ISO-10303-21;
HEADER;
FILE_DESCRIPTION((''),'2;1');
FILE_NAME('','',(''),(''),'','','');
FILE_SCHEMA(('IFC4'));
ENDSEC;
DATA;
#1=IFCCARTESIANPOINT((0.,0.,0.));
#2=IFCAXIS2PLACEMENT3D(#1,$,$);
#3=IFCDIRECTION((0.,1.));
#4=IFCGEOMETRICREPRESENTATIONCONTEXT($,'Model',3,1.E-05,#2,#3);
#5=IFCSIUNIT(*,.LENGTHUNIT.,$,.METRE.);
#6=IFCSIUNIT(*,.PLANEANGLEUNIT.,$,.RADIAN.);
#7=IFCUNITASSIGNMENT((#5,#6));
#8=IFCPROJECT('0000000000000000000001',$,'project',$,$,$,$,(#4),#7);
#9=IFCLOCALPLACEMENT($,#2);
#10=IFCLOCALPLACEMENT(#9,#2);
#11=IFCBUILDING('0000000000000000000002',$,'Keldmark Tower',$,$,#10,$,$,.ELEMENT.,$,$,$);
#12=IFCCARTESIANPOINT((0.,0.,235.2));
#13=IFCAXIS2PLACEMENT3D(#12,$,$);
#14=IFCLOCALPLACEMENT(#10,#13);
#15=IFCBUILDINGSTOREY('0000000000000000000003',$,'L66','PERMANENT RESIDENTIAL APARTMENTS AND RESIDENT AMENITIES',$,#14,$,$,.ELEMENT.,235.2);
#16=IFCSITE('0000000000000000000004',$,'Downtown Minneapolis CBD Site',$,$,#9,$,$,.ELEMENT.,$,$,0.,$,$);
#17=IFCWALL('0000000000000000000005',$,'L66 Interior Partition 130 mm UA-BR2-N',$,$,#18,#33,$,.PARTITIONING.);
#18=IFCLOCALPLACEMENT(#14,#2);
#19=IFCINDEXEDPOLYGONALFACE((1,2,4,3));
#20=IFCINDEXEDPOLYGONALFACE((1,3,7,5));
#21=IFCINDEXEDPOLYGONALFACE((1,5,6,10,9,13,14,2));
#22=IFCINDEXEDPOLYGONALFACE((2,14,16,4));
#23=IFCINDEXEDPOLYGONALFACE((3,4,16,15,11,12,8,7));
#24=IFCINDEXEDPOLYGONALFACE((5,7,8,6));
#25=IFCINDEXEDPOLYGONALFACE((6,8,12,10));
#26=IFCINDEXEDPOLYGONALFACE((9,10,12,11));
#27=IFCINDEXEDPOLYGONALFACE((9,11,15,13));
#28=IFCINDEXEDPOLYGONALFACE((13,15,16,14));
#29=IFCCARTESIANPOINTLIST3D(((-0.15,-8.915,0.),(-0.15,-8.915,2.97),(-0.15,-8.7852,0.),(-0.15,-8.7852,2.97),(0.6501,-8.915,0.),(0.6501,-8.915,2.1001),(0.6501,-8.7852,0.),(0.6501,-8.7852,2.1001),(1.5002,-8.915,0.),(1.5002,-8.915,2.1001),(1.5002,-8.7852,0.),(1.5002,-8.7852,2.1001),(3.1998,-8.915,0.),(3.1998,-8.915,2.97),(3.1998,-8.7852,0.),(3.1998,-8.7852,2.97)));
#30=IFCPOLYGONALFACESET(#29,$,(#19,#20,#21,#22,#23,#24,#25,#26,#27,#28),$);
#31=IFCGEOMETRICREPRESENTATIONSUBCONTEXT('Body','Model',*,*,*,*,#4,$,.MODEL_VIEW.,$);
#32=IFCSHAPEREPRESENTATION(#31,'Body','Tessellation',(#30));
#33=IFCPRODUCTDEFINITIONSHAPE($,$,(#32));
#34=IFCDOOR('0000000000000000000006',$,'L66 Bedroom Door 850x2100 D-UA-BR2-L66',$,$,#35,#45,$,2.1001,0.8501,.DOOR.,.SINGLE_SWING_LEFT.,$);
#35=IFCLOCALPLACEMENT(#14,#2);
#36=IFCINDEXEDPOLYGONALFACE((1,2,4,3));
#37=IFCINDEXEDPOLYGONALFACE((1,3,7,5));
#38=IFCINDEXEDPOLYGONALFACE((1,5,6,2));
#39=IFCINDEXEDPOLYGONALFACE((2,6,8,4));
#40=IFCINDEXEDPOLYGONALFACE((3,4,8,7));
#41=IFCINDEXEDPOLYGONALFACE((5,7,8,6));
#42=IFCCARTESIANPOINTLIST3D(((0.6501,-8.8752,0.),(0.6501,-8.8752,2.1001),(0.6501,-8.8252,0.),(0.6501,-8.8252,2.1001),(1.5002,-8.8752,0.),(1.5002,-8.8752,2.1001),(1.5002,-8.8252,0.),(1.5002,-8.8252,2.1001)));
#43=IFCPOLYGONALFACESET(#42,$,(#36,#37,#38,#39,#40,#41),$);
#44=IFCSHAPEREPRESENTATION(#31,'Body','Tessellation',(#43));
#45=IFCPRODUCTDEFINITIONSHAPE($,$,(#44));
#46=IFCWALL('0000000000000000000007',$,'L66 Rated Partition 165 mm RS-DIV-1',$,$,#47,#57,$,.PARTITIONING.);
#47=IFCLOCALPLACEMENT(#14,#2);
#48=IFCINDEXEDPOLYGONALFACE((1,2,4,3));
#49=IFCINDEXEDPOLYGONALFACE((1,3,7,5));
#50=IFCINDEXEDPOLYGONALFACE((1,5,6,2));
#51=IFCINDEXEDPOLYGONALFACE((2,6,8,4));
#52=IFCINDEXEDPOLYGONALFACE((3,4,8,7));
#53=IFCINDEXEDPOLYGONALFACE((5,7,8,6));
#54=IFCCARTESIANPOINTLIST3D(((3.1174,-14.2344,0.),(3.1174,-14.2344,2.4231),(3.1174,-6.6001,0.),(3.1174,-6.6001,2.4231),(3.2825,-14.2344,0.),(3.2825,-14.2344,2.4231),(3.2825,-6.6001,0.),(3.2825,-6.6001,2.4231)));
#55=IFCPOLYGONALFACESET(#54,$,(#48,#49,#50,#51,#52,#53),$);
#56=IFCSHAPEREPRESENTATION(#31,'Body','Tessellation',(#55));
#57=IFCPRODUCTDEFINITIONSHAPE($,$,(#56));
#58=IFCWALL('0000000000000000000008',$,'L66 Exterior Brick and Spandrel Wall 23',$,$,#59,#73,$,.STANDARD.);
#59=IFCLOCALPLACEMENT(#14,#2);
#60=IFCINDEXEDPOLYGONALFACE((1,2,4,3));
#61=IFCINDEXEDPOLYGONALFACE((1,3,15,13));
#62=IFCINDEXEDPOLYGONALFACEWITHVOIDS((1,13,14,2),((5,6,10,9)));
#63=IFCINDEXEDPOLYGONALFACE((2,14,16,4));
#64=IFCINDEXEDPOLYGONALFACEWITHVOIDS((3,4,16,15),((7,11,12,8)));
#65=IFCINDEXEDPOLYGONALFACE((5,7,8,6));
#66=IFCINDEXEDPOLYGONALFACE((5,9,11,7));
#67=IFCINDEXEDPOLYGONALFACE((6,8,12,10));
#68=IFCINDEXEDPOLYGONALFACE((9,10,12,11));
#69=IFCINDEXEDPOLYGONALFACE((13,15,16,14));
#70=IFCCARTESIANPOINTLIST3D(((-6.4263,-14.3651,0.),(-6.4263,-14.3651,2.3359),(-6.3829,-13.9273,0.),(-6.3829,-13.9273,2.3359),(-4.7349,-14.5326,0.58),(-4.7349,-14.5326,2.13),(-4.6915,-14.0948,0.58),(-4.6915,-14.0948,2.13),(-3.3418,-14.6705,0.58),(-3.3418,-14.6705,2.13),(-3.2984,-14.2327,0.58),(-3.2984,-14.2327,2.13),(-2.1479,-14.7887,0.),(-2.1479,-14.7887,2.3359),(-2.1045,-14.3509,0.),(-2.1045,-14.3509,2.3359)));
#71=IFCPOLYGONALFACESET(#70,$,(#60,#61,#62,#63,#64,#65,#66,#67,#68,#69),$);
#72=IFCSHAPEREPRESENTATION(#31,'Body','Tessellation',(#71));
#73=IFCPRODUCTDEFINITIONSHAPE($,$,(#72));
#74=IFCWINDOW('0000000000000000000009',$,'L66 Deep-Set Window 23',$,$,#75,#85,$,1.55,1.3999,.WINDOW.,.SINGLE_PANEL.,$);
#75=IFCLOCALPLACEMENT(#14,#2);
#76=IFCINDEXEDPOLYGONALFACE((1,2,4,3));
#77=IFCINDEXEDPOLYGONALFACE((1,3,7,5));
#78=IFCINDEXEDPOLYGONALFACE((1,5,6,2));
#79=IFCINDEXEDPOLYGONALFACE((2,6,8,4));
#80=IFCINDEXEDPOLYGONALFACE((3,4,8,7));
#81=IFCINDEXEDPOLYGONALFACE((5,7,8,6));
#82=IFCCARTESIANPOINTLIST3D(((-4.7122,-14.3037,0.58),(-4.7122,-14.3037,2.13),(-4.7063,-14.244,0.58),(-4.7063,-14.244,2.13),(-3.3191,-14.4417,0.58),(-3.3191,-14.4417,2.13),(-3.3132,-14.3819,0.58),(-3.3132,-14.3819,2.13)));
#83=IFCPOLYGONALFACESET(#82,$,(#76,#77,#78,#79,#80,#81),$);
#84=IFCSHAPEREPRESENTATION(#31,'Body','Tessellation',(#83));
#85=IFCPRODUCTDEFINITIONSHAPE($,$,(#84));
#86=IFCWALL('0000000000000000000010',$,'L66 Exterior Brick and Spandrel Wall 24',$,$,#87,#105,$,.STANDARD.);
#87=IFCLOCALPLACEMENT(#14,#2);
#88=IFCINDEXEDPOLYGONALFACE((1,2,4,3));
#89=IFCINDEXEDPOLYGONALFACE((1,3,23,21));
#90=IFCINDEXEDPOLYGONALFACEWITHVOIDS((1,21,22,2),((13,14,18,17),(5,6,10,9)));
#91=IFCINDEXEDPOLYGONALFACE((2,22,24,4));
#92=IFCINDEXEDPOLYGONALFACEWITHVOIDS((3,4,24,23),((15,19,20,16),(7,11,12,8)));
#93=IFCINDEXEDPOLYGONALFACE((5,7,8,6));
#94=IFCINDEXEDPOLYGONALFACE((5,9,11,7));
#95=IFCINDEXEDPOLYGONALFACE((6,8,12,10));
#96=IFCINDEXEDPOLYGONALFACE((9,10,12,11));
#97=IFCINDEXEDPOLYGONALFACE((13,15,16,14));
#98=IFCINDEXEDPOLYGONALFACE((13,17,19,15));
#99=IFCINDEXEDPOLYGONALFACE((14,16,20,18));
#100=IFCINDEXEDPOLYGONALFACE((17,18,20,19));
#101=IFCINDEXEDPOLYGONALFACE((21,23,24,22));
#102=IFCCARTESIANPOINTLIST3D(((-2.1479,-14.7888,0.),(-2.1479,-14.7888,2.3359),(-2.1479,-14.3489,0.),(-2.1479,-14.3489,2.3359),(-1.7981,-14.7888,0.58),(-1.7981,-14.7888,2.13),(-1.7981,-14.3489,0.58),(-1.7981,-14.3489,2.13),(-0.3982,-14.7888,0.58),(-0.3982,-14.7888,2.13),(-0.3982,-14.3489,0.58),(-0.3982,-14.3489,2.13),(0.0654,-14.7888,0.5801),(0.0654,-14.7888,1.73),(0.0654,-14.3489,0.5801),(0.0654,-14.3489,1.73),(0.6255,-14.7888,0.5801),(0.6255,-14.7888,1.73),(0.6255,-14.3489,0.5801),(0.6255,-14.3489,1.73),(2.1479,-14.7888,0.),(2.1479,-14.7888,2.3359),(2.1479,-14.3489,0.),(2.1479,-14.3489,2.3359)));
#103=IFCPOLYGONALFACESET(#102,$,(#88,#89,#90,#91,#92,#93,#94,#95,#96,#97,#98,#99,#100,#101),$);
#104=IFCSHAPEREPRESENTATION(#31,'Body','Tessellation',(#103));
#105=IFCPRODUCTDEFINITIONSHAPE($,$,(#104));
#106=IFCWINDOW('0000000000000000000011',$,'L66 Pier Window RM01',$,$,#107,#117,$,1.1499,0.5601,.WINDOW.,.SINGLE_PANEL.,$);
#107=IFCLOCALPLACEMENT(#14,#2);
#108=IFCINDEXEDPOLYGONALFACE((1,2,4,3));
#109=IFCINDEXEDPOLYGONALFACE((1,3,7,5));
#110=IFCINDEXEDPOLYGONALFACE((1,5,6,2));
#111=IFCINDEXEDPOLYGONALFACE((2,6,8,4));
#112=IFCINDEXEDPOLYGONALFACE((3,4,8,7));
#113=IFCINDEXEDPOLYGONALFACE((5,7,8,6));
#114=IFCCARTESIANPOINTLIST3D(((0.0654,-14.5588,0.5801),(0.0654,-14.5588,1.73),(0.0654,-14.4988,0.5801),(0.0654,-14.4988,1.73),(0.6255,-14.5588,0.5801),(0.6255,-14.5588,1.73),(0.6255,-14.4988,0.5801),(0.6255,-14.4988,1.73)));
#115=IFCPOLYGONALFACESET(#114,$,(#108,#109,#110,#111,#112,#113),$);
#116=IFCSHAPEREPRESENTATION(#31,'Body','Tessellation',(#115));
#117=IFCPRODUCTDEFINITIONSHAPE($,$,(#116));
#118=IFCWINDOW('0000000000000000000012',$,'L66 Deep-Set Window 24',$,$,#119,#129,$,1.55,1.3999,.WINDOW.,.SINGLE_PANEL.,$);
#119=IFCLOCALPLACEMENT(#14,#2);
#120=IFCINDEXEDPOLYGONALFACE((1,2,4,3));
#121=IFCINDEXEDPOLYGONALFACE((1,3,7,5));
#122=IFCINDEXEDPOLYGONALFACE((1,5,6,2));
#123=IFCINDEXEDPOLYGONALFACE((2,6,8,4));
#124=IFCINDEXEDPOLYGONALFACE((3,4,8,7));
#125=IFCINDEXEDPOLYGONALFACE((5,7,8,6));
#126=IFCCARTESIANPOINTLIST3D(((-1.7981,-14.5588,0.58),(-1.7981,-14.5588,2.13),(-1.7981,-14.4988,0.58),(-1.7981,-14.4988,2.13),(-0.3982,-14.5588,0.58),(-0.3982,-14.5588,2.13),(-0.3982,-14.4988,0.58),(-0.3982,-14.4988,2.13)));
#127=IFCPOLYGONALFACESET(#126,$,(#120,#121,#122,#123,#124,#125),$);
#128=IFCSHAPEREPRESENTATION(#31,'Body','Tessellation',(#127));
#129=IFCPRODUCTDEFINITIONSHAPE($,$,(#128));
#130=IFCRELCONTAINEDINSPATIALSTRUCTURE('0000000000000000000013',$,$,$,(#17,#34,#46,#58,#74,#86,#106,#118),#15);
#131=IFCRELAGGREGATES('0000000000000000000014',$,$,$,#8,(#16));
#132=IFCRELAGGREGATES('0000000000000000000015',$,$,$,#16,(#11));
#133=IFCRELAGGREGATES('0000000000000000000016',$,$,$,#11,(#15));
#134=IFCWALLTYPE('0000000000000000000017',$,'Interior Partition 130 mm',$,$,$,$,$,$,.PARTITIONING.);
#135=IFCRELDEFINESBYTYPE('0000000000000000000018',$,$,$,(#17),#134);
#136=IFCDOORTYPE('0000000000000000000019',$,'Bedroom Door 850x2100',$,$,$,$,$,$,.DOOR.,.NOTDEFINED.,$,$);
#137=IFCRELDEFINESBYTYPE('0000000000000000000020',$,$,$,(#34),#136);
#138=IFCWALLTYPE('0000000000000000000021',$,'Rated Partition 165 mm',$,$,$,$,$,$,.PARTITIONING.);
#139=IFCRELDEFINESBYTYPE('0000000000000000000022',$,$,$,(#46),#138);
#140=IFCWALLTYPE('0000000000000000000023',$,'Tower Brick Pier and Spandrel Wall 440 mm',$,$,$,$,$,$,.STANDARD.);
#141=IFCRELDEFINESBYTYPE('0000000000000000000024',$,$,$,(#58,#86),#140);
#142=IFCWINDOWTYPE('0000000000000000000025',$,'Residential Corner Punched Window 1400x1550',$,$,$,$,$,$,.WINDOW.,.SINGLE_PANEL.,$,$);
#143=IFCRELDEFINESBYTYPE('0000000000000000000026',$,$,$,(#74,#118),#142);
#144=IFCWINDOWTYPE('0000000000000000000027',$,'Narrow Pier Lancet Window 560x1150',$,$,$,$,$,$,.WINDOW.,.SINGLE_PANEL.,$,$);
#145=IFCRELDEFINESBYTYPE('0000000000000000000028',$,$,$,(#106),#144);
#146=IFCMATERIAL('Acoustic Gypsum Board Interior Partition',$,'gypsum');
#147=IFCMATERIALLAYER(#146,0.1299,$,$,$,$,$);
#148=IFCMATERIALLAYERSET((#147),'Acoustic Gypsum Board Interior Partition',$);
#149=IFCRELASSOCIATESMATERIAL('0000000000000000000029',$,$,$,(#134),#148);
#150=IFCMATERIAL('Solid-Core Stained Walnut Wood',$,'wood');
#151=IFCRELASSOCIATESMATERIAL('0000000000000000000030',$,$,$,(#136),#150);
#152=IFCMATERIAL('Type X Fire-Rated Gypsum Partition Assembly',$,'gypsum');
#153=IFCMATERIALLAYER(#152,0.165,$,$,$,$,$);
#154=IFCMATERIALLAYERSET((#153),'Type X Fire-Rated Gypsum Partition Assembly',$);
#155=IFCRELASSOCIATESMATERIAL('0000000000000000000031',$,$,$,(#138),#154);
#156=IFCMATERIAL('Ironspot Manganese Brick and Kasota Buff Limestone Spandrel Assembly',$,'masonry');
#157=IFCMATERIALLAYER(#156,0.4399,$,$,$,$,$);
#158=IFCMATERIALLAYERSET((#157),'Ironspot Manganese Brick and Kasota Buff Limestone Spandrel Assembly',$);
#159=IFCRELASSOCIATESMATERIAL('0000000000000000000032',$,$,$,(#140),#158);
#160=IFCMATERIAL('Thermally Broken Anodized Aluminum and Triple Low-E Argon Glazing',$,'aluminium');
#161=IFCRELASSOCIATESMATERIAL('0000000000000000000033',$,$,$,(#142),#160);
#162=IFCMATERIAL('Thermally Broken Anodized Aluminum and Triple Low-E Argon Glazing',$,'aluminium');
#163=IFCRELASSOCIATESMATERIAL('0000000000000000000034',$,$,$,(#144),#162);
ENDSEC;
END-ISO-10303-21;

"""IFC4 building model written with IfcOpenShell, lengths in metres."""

from ifc_helpers import new_model, si_unit, direction, frame, frame_2d, origin, place, context, subcontext, project, spatial, rectangle, extrude, material, layer, layer_set, type_object, element, fill, save


model = new_model("IFC4")

# Units and contexts
model_context = context("Model", 3, precision=1e-05, world=origin(), true_north=direction((0.0, 1.0)))
body_context = subcontext(model_context, "Body", "Model", "MODEL_VIEW")
ifc_project = project(units=[si_unit("LENGTHUNIT", "METRE"), si_unit("PLANEANGLEUNIT", "RADIAN")], contexts=[model_context])

# Site, building, storey
site_placement = place(None, origin())
site = spatial("IfcSite", under=ifc_project, at=site_placement, Name="Downtown Minneapolis CBD Site", CompositionType="ELEMENT", RefElevation=0.0)
building_placement = place(site_placement, origin())
building = spatial("IfcBuilding", under=site, at=building_placement, Name="Keldmark Tower", CompositionType="ELEMENT")
storey_placement = place(building_placement, frame((0.0, 0.0, 235.2)))
storey = spatial("IfcBuildingStorey", under=building, at=storey_placement, Name="L66", Description="PERMANENT RESIDENTIAL APARTMENTS AND RESIDENT AMENITIES", CompositionType="ELEMENT", Elevation=235.2)

# Shared definitions
ifc_material_1 = material(Name="Acoustic Gypsum Board Interior Partition", Category="gypsum")
ifc_layer_1 = layer(ifc_material_1, 0.1299)
ifc_layer_set_1 = layer_set([ifc_layer_1], Name="Acoustic Gypsum Board Interior Partition")
wall_type_1 = type_object("IfcWallType", Name="Interior Partition 130 mm", PredefinedType="PARTITIONING", material=ifc_layer_set_1)

# Wall, opening, door
wall_1_placement = place(storey_placement, frame((-0.1499, -8.8501, 0.0), z_axis=(0.0, 0.0, 1.0), x_axis=(1.0, 0.0, 0.0)))
wall_1 = element("IfcWall", 1, at=wall_1_placement, inside=storey, type_object=wall_type_1, Name="L66 Interior Partition 130 mm UA-BR2-N", PredefinedType="PARTITIONING", context=body_context, shape_type="SweptSolid", body=[
    extrude(rectangle(XDim=3.3499, YDim=0.1299, at=frame_2d((1.6748, 0.0))), origin(), (0.0, 0.0, 1.0), 2.97),
])
opening_1_placement = place(wall_1_placement, frame((0.8, 0.0, 0.0)))
opening_1 = element("IfcOpeningElement", 2, at=opening_1_placement, cuts=wall_1, PredefinedType="OPENING", context=body_context, shape_type="SweptSolid", body=[
    extrude(rectangle(XDim=0.8501, YDim=2.1001, at=frame_2d((0.425, 1.05))), frame((0.0, 0.075, 0.0), z_axis=(0.0, -1.0, 0.0), x_axis=(1.0, 0.0, 0.0)), (0.0, 0.0, 1.0), 0.1499),
])
ifc_material_2 = material(Name="Solid-Core Stained Walnut Wood", Category="wood")
door_type = type_object("IfcDoorType", Name="Bedroom Door 850x2100", OperationType="NOTDEFINED", PredefinedType="DOOR", material=ifc_material_2)
door_placement = place(opening_1_placement, origin())
door = element("IfcDoor", 3, at=door_placement, inside=storey, type_object=door_type, Name="L66 Bedroom Door 850x2100 D-UA-BR2-L66", OperationType="SINGLE_SWING_LEFT", OverallHeight=2.1001, OverallWidth=0.8501, PredefinedType="DOOR", context=body_context, shape_type="SweptSolid", body=[
    extrude(rectangle(XDim=0.8501, YDim=2.1001, at=frame_2d((0.425, 1.05))), frame((0.0, 0.0249, 0.0), z_axis=(0.0, -1.0, 0.0), x_axis=(1.0, 0.0, 0.0)), (0.0, 0.0, 1.0), 0.05),
])
fill(opening_1, door)

# Wall
ifc_material_3 = material(Name="Type X Fire-Rated Gypsum Partition Assembly", Category="gypsum")
ifc_layer_2 = layer(ifc_material_3, 0.165)
ifc_layer_set_2 = layer_set([ifc_layer_2], Name="Type X Fire-Rated Gypsum Partition Assembly")
wall_type_2 = type_object("IfcWallType", Name="Rated Partition 165 mm", PredefinedType="PARTITIONING", material=ifc_layer_set_2)
wall_2_placement = place(storey_placement, frame((3.2, -14.2344, 0.0), z_axis=(0.0, 0.0, 1.0), x_axis=(0.0, 1.0, 0.0)))
element("IfcWall", 4, at=wall_2_placement, inside=storey, type_object=wall_type_2, Name="L66 Rated Partition 165 mm RS-DIV-1", PredefinedType="PARTITIONING", context=body_context, shape_type="SweptSolid", body=[
    extrude(rectangle(XDim=7.6343, YDim=0.165, at=frame_2d((3.8171, 0.0))), origin(), (0.0, 0.0, 1.0), 2.4231),
])

# Wall, opening, window
ifc_material_4 = material(Name="Ironspot Manganese Brick and Kasota Buff Limestone Spandrel Assembly", Category="masonry")
ifc_layer_3 = layer(ifc_material_4, 0.4399)
ifc_layer_set_3 = layer_set([ifc_layer_3], Name="Ironspot Manganese Brick and Kasota Buff Limestone Spandrel Assembly")
wall_type_3 = type_object("IfcWallType", Name="Tower Brick Pier and Spandrel Wall 440 mm", PredefinedType="STANDARD", material=ifc_layer_set_3)
wall_3_placement = place(storey_placement, frame((-2.1262, -14.5698, 0.0), z_axis=(0.0, 0.0, 1.0), x_axis=(-0.995135, 0.098525, 0.0)))
wall_3 = element("IfcWall", 5, at=wall_3_placement, inside=storey, type_object=wall_type_3, Name="L66 Exterior Brick and Spandrel Wall 23", PredefinedType="STANDARD", context=body_context, shape_type="SweptSolid", body=[
    extrude(rectangle(XDim=4.2993, YDim=0.4399, at=frame_2d((2.1497, 0.0))), origin(), (0.0, 0.0, 1.0), 2.3359),
])
opening_2_placement = place(wall_3_placement, frame((1.1997, 0.0, 0.5801)))
opening_2 = element("IfcOpeningElement", 6, at=opening_2_placement, cuts=wall_3, PredefinedType="OPENING", context=body_context, shape_type="SweptSolid", body=[
    extrude(rectangle(XDim=1.3999, YDim=1.55, at=frame_2d((0.7, 0.7749))), frame((0.0, 0.23, 0.0), z_axis=(0.0, -1.0, 0.0), x_axis=(1.0, 0.0, 0.0)), (0.0, 0.0, 1.0), 0.46),
])
ifc_material_5 = material(Name="Thermally Broken Anodized Aluminum and Triple Low-E Argon Glazing", Category="aluminium")
window_type_1 = type_object("IfcWindowType", Name="Residential Corner Punched Window 1400x1550", PartitioningType="SINGLE_PANEL", PredefinedType="WINDOW", material=ifc_material_5)
window_1_placement = place(opening_2_placement, origin())
window_1 = element("IfcWindow", 7, at=window_1_placement, inside=storey, type_object=window_type_1, Name="L66 Deep-Set Window 23", OverallHeight=1.55, OverallWidth=1.3999, PartitioningType="SINGLE_PANEL", PredefinedType="WINDOW", context=body_context, shape_type="SweptSolid", body=[
    extrude(rectangle(XDim=1.3999, YDim=1.55, at=frame_2d((0.7, 0.7749))), frame((0.0, -0.01, 0.0), z_axis=(0.0, -1.0, 0.0), x_axis=(1.0, 0.0, 0.0)), (0.0, 0.0, 1.0), 0.0601),
])
fill(opening_2, window_1)

# Wall, openings, windows
wall_4_placement = place(storey_placement, frame((2.1479, -14.5688, 0.0), z_axis=(0.0, 0.0, 1.0), x_axis=(-1.0, 0.0, 0.0)))
wall_4 = element("IfcWall", 8, at=wall_4_placement, inside=storey, type_object=wall_type_3, Name="L66 Exterior Brick and Spandrel Wall 24", PredefinedType="STANDARD", context=body_context, shape_type="SweptSolid", body=[
    extrude(rectangle(XDim=4.2959, YDim=0.4399, at=frame_2d((2.1479, 0.0))), origin(), (0.0, 0.0, 1.0), 2.3359),
])
opening_3_placement = place(wall_4_placement, frame((2.5461, 0.0, 0.5801)))
opening_3 = element("IfcOpeningElement", 9, at=opening_3_placement, cuts=wall_4, PredefinedType="OPENING", context=body_context, shape_type="SweptSolid", body=[
    extrude(rectangle(XDim=1.3999, YDim=1.55, at=frame_2d((0.7, 0.7749))), frame((0.0, 0.23, 0.0), z_axis=(0.0, -1.0, 0.0), x_axis=(1.0, 0.0, 0.0)), (0.0, 0.0, 1.0), 0.46),
])
opening_4_placement = place(wall_4_placement, frame((1.5225, 0.0, 0.5801)))
opening_4 = element("IfcOpeningElement", 10, at=opening_4_placement, cuts=wall_4, PredefinedType="OPENING", context=body_context, shape_type="SweptSolid", body=[
    extrude(rectangle(XDim=0.5601, YDim=1.1499, at=frame_2d((0.28, 0.575))), frame((0.0, 0.23, 0.0), z_axis=(0.0, -1.0, 0.0), x_axis=(1.0, 0.0, 0.0)), (0.0, 0.0, 1.0), 0.46),
])
ifc_material_6 = material(Name="Thermally Broken Anodized Aluminum and Triple Low-E Argon Glazing", Category="aluminium")
window_type_2 = type_object("IfcWindowType", Name="Narrow Pier Lancet Window 560x1150", PartitioningType="SINGLE_PANEL", PredefinedType="WINDOW", material=ifc_material_6)
window_2_placement = place(opening_4_placement, origin())
window_2 = element("IfcWindow", 11, at=window_2_placement, inside=storey, type_object=window_type_2, Name="L66 Pier Window RM01", OverallHeight=1.1499, OverallWidth=0.5601, PartitioningType="SINGLE_PANEL", PredefinedType="WINDOW", context=body_context, shape_type="SweptSolid", body=[
    extrude(rectangle(XDim=0.5601, YDim=1.1499, at=frame_2d((0.28, 0.575))), frame((0.0, -0.01, 0.0), z_axis=(0.0, -1.0, 0.0), x_axis=(1.0, 0.0, 0.0)), (0.0, 0.0, 1.0), 0.0601),
])
fill(opening_4, window_2)
window_3_placement = place(opening_3_placement, origin())
window_3 = element("IfcWindow", 12, at=window_3_placement, inside=storey, type_object=window_type_1, Name="L66 Deep-Set Window 24", OverallHeight=1.55, OverallWidth=1.3999, PartitioningType="SINGLE_PANEL", PredefinedType="WINDOW", context=body_context, shape_type="SweptSolid", body=[
    extrude(rectangle(XDim=1.3999, YDim=1.55, at=frame_2d((0.7, 0.7749))), frame((0.0, -0.01, 0.0), z_axis=(0.0, -1.0, 0.0), x_axis=(1.0, 0.0, 0.0)), (0.0, 0.0, 1.0), 0.0601),
])
fill(opening_3, window_3)

save(model, "model.ifc")
